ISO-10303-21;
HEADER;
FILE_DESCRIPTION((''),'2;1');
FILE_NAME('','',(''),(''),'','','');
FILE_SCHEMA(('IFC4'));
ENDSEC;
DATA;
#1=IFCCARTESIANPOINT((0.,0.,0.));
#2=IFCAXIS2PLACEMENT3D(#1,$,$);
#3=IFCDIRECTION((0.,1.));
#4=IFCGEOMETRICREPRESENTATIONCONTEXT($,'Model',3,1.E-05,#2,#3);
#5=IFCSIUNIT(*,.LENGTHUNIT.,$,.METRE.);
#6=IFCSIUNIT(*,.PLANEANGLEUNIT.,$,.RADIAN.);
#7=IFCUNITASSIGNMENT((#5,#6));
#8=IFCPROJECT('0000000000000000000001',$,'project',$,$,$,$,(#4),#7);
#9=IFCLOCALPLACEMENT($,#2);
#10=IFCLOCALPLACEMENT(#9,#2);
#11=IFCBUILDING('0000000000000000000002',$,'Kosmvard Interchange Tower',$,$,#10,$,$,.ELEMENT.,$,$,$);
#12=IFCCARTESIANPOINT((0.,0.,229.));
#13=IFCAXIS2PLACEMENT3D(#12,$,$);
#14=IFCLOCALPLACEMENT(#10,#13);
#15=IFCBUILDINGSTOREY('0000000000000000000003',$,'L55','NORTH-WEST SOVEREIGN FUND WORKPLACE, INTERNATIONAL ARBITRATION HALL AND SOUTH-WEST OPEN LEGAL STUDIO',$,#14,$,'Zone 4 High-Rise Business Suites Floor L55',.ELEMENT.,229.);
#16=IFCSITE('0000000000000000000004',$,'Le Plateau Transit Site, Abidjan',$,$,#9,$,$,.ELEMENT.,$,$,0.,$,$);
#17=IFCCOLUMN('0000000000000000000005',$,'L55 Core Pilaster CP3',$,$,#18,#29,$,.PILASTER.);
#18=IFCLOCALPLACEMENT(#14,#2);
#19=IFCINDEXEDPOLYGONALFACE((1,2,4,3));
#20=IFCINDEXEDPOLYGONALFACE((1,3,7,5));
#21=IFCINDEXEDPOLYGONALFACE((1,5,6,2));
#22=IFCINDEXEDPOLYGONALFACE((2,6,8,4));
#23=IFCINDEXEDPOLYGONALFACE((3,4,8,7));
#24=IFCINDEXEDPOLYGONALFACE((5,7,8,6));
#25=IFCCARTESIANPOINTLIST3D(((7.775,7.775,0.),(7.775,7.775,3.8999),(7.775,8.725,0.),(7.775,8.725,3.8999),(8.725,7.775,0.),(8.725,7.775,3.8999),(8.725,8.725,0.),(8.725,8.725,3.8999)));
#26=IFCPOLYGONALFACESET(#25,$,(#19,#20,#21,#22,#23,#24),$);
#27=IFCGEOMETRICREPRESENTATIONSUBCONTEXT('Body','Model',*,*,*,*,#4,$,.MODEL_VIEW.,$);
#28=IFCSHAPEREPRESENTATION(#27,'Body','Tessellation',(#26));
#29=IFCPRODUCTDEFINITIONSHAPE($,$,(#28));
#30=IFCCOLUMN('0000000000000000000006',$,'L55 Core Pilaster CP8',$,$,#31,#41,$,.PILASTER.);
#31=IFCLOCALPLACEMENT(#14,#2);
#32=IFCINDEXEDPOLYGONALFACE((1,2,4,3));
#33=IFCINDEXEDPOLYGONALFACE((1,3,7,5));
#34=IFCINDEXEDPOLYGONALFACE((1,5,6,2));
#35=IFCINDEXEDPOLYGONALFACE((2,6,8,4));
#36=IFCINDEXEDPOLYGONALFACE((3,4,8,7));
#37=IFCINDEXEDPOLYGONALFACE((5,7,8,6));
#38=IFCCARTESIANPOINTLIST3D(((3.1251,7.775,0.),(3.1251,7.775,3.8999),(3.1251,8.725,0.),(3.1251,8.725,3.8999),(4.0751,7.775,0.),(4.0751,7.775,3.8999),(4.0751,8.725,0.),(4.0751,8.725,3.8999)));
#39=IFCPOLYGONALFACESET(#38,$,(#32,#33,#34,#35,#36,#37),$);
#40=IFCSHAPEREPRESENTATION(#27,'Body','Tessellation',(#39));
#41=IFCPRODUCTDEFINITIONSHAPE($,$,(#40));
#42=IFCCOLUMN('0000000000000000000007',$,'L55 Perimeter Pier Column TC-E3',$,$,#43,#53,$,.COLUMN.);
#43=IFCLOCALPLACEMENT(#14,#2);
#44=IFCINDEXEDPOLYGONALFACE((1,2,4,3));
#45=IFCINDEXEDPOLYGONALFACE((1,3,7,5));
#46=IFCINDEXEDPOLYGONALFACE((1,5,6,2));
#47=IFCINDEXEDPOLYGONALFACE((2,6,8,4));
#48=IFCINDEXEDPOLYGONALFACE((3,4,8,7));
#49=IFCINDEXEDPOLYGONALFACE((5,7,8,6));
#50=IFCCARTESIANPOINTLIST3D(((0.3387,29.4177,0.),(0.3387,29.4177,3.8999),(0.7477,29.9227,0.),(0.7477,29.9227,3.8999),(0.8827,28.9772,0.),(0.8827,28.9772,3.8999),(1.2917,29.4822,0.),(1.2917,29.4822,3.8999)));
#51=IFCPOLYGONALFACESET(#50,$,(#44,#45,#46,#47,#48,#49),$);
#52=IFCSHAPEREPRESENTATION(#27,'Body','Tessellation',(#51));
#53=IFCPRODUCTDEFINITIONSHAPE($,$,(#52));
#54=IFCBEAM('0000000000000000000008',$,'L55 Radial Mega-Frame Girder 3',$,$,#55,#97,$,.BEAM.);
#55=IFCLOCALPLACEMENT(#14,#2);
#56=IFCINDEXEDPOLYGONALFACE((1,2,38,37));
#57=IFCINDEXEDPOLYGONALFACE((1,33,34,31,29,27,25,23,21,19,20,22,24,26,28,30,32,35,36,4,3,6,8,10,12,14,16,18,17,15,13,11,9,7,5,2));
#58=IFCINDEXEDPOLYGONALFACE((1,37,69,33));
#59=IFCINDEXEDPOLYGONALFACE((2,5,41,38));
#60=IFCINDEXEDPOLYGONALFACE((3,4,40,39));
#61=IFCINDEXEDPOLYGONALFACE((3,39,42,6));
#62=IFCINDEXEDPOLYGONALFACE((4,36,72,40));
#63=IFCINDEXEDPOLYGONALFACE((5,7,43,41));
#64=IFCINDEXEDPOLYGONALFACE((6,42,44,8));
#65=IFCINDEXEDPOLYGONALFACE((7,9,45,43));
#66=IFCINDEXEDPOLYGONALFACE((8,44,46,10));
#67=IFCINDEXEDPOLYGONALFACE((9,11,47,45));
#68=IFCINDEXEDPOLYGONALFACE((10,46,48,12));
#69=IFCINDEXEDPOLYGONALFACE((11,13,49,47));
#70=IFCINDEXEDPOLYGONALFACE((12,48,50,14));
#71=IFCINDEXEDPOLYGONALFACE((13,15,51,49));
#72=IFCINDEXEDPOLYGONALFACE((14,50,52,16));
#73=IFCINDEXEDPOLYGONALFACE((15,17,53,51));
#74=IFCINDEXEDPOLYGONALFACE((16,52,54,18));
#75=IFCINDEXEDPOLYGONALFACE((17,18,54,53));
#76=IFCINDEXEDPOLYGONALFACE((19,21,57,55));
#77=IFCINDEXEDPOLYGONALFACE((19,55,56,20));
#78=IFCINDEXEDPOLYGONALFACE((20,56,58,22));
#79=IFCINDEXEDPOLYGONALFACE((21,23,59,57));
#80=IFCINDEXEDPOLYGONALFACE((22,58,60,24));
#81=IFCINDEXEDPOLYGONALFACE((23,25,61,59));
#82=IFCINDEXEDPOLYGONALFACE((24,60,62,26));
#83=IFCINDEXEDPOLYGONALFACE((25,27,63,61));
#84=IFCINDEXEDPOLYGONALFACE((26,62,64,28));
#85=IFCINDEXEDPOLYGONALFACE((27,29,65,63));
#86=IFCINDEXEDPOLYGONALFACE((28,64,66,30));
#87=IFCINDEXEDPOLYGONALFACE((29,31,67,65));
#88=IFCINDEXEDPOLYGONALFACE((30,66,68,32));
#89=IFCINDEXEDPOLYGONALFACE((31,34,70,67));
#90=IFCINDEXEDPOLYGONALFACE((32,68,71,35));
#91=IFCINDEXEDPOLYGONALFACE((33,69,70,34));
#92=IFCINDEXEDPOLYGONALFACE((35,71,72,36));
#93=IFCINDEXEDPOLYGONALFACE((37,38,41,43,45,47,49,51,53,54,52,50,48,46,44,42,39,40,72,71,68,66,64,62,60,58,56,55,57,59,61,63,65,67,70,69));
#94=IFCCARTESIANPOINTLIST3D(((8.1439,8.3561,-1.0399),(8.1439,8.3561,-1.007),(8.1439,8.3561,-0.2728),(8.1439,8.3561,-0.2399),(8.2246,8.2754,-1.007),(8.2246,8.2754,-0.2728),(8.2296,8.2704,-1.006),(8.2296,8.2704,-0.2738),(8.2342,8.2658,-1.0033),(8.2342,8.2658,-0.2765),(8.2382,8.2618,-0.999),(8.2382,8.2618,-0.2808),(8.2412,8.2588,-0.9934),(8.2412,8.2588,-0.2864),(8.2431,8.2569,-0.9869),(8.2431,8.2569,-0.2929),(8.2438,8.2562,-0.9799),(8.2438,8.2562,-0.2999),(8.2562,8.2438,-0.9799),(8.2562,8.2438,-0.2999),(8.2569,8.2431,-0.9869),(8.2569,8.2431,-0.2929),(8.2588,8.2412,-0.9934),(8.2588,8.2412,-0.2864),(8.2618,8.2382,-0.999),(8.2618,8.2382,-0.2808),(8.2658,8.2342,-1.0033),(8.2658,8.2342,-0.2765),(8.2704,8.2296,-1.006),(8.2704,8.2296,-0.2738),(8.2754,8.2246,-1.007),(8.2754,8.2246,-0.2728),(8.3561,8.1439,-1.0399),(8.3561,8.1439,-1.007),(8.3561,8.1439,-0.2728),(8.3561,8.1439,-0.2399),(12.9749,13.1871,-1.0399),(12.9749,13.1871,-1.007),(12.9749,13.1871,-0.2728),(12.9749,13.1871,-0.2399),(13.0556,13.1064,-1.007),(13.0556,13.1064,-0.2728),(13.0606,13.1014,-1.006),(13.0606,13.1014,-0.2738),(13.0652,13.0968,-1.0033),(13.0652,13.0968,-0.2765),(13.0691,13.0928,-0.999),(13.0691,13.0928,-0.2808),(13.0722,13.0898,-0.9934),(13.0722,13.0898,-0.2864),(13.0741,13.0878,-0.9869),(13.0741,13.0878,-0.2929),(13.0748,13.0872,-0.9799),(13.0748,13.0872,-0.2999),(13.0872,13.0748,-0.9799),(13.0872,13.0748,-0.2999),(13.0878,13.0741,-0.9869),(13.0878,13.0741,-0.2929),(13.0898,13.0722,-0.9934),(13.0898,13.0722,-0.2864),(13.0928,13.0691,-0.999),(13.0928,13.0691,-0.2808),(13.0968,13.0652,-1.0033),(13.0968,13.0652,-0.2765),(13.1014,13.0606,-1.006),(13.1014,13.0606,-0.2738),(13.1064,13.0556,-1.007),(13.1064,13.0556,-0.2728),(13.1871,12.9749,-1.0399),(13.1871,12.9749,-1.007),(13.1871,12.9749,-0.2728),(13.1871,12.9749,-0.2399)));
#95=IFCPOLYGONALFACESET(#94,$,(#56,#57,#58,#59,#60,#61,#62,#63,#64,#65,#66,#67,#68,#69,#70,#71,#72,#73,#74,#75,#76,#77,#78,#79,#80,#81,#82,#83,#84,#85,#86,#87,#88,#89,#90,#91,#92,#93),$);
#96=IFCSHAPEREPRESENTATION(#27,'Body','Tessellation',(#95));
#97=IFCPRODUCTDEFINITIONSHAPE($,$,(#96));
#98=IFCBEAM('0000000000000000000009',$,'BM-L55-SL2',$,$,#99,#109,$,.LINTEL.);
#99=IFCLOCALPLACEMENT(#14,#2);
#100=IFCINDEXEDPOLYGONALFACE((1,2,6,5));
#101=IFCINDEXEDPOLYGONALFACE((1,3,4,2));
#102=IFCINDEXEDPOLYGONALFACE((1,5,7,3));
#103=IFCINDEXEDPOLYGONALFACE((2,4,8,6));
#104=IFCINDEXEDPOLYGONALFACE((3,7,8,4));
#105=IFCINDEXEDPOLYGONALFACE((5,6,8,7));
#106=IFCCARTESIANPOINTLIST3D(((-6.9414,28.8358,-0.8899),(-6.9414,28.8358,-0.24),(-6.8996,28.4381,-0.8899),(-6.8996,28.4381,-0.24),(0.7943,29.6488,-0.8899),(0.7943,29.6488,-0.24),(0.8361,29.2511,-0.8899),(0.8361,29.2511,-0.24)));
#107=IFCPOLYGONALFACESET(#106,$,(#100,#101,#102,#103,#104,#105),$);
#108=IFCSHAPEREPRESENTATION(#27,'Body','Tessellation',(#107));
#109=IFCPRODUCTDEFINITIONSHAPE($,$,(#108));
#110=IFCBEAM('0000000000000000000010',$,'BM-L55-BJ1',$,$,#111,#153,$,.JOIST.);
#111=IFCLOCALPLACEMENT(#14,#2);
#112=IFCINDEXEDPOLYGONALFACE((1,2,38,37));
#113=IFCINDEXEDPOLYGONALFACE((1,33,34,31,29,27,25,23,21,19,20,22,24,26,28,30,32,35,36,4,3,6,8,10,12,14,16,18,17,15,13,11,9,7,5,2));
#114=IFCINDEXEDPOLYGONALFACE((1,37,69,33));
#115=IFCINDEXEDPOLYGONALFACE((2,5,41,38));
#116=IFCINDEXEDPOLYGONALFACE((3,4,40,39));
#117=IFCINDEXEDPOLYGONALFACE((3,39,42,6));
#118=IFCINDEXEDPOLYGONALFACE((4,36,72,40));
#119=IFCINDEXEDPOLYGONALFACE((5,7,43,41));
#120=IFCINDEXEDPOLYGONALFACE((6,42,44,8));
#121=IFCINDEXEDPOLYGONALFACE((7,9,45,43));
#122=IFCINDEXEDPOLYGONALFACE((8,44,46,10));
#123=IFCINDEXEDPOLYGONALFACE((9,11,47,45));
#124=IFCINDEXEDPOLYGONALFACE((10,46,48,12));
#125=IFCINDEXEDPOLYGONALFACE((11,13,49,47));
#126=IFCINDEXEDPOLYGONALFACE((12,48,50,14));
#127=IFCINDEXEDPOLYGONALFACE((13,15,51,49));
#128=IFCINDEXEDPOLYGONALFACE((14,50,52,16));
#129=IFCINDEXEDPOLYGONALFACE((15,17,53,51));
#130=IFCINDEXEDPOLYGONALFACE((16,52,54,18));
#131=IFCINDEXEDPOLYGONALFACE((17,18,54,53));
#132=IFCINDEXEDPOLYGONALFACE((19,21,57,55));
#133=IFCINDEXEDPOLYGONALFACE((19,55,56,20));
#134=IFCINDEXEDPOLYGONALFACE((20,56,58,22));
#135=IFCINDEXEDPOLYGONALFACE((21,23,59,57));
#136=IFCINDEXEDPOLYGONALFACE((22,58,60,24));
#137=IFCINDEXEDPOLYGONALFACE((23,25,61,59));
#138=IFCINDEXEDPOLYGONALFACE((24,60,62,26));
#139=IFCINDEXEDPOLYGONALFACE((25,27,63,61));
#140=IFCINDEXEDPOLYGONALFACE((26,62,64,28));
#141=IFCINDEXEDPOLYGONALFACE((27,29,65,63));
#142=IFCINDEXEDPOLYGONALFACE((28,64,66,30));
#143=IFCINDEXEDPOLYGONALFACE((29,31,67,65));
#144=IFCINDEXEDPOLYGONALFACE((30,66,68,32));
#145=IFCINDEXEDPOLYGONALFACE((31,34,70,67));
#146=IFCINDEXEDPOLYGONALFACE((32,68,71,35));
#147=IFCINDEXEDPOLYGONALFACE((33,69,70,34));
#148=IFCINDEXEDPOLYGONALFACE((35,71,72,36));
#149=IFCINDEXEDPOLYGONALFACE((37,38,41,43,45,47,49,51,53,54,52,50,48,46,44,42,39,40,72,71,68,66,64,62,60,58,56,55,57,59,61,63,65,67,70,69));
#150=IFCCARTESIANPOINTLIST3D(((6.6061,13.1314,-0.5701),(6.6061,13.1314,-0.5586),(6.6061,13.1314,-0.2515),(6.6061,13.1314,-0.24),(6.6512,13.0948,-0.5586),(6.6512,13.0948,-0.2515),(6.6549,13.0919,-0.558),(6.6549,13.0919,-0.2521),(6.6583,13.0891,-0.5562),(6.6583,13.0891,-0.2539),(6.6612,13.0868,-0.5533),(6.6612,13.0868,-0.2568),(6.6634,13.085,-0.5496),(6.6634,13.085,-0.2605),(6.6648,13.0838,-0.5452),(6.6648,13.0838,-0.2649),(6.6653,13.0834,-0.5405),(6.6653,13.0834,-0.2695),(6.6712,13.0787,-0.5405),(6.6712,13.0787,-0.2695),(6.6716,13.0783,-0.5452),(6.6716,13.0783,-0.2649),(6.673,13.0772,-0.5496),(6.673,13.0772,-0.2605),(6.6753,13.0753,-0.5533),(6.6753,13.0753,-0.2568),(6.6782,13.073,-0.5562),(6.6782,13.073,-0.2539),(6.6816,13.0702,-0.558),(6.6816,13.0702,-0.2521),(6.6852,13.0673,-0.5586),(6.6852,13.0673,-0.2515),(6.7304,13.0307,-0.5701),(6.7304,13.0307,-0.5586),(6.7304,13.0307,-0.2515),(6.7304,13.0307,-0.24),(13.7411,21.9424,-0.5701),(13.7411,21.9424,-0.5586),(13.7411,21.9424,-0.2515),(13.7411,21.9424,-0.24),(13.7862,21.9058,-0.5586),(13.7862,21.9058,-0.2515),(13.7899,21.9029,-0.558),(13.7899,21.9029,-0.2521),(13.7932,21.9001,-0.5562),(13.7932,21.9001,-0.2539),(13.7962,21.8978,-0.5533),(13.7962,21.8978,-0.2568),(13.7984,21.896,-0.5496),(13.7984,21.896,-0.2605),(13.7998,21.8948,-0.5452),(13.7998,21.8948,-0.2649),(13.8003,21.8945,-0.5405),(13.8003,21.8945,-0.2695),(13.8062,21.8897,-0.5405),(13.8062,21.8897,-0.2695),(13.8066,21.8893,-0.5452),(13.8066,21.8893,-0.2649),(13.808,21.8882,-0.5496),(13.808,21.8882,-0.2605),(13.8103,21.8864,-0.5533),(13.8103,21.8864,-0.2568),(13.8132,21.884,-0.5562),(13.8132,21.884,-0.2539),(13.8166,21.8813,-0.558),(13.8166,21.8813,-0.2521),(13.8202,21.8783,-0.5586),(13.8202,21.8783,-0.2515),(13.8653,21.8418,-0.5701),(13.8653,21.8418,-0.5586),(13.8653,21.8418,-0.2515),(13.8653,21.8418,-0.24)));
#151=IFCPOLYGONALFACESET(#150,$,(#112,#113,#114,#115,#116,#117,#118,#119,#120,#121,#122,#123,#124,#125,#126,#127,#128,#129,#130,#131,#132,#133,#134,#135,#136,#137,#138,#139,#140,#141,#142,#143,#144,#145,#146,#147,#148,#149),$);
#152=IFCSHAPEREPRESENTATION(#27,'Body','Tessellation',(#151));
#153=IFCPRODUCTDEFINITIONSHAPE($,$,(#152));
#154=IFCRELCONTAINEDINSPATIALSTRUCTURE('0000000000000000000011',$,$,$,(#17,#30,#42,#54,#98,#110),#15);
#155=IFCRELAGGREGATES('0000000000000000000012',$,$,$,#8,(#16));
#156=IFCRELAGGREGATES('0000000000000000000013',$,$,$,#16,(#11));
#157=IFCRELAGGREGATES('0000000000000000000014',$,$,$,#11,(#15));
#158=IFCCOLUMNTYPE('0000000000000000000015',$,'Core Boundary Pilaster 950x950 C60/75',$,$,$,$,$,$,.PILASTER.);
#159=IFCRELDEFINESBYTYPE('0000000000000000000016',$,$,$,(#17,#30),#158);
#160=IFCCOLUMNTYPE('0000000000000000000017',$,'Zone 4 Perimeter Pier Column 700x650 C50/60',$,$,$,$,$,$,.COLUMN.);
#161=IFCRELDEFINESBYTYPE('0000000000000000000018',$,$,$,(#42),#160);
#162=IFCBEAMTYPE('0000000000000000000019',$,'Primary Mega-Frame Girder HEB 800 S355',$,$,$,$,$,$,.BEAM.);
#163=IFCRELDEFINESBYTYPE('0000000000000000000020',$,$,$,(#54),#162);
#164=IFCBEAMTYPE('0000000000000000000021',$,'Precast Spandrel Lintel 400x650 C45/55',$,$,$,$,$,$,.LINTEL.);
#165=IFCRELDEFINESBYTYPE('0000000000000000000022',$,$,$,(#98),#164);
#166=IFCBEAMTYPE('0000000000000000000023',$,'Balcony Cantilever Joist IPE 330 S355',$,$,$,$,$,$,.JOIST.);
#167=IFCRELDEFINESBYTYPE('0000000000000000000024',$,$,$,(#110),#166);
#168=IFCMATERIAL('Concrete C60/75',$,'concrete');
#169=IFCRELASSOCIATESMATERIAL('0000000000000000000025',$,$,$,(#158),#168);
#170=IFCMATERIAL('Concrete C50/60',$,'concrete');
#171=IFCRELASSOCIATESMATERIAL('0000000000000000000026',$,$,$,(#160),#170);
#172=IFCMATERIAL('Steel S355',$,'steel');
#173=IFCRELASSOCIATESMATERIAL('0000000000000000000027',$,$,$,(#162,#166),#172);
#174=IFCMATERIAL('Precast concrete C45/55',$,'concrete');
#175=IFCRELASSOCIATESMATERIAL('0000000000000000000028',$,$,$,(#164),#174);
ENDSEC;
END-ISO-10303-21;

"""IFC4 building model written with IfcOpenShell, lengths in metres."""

from ifc_helpers import new_model, si_unit, direction, frame, origin, origin_2d, place, context, subcontext, project, spatial, rectangle, i_section, extrude, source, transform, mapped, material, material_profile, profile_set, type_object, element, save


model = new_model("IFC4")

# Units and contexts
model_context = context("Model", 3, precision=1e-05, world=origin(), true_north=direction((0.0, 1.0)))
body_context = subcontext(model_context, "Body", "Model", "MODEL_VIEW")
ifc_project = project(units=[si_unit("LENGTHUNIT", "METRE"), si_unit("PLANEANGLEUNIT", "RADIAN")], contexts=[model_context])

# Site, building, storey
site_placement = place(None, origin())
site = spatial("IfcSite", under=ifc_project, at=site_placement, Name="Le Plateau Transit Site, Abidjan", CompositionType="ELEMENT", RefElevation=0.0)
building_placement = place(site_placement, origin())
building = spatial("IfcBuilding", under=site, at=building_placement, Name="Kosmvard Interchange Tower", CompositionType="ELEMENT")
storey_placement = place(building_placement, frame((0.0, 0.0, 229.0)))
storey = spatial("IfcBuildingStorey", under=building, at=storey_placement, Name="L55", Description="NORTH-WEST SOVEREIGN FUND WORKPLACE, INTERNATIONAL ARBITRATION HALL AND SOUTH-WEST OPEN LEGAL STUDIO", LongName="Zone 4 High-Rise Business Suites Floor L55", CompositionType="ELEMENT", Elevation=229.0)

# Columns
ifc_material_1 = material(Name="Concrete C60/75", Category="concrete")
ifc_material_profile_1 = material_profile(ifc_material_1, rectangle(XDim=0.95, YDim=0.95, at=origin_2d()), Name="CP 950x950")
ifc_profile_set_1 = profile_set([ifc_material_profile_1], Name="Concrete C60/75")
column_type_1 = type_object("IfcColumnType", Name="Core Boundary Pilaster 950x950 C60/75", PredefinedType="PILASTER", material=ifc_profile_set_1)
shared_shape_1 = source(origin(), body_context, "Body", "SweptSolid", [
    extrude(rectangle(XDim=0.95, YDim=0.95, at=origin_2d()), origin(), (0.0, 0.0, 1.0), 3.8999),
])
for number, where, z_axis, x_axis, name in (
    (1, (8.25, 8.25, 0.0), (0.0, 0.0, 1.0), (1.0, 0.0, 0.0), "L55 Core Pilaster CP3"),
    (2, (3.6001, 8.25, 0.0), (0.0, 0.0, 1.0), (1.0, 0.0, 0.0), "L55 Core Pilaster CP8"),
):
    element("IfcColumn", number, at=place(storey_placement, frame(where, z_axis=z_axis, x_axis=x_axis)), inside=storey, type_object=column_type_1, Name=name, PredefinedType="PILASTER", context=body_context, shape_type="MappedRepresentation", body=[
        mapped(shared_shape_1, transform((0.0, 0.0, 0.0), scale=1.0)),
    ])
ifc_material_2 = material(Name="Concrete C50/60", Category="concrete")
ifc_material_profile_2 = material_profile(ifc_material_2, rectangle(XDim=0.6499, YDim=0.7, at=origin_2d()), Name="TC 700x650")
ifc_profile_set_2 = profile_set([ifc_material_profile_2], Name="Concrete C50/60")
column_type_2 = type_object("IfcColumnType", Name="Zone 4 Perimeter Pier Column 700x650 C50/60", PredefinedType="COLUMN", material=ifc_profile_set_2)
shared_shape_2 = source(origin(), body_context, "Body", "SweptSolid", [
    extrude(rectangle(XDim=0.6499, YDim=0.7, at=origin_2d()), origin(), (0.0, 0.0, 1.0), 3.8999),
])
column_placement = place(storey_placement, frame((0.8152, 29.45, 0.0), z_axis=(0.0, 0.0, 1.0), x_axis=(0.62932, 0.777146, 0.0)))
element("IfcColumn", 3, at=column_placement, inside=storey, type_object=column_type_2, Name="L55 Perimeter Pier Column TC-E3", PredefinedType="COLUMN", context=body_context, shape_type="MappedRepresentation", body=[
    mapped(shared_shape_2, transform((0.0, 0.0, 0.0), scale=1.0)),
])

# Beams
ifc_material_3 = material(Name="Steel S355", Category="steel")
ifc_material_profile_3 = material_profile(ifc_material_3, i_section(OverallWidth=0.3, OverallDepth=0.8, WebThickness=0.0176, FlangeThickness=0.033, FilletRadius=0.0271, at=origin_2d()), Name="HEB 800")
ifc_profile_set_3 = profile_set([ifc_material_profile_3], Name="Steel S355")
beam_type_1 = type_object("IfcBeamType", Name="Primary Mega-Frame Girder HEB 800 S355", PredefinedType="BEAM", material=ifc_profile_set_3)
shared_shape_3 = source(origin(), body_context, "Body", "SweptSolid", [
    extrude(i_section(OverallWidth=0.3, OverallDepth=0.8, WebThickness=0.0176, FlangeThickness=0.033, FilletRadius=0.0271, at=origin_2d()), origin(), (0.0, 0.0, 1.0), 6.832),
])
beam_1_placement = place(storey_placement, frame((8.25, 8.25, -0.6399), z_axis=(0.707107, 0.707107, 0.0), x_axis=(-0.707107, 0.707107, 0.0)))
element("IfcBeam", 4, at=beam_1_placement, inside=storey, type_object=beam_type_1, Name="L55 Radial Mega-Frame Girder 3", PredefinedType="BEAM", context=body_context, shape_type="MappedRepresentation", body=[
    mapped(shared_shape_3, transform((0.0, 0.0, 0.0), scale=1.0)),
])
ifc_material_4 = material(Name="Precast concrete C45/55", Category="concrete")
ifc_material_profile_4 = material_profile(ifc_material_4, rectangle(XDim=0.3999, YDim=0.6499, at=origin_2d()), Name="SL 400x650")
ifc_profile_set_4 = profile_set([ifc_material_profile_4], Name="Precast concrete C45/55")
beam_type_2 = type_object("IfcBeamType", Name="Precast Spandrel Lintel 400x650 C45/55", PredefinedType="LINTEL", material=ifc_profile_set_4)
shared_shape_4 = source(origin(), body_context, "Body", "SweptSolid", [
    extrude(rectangle(XDim=0.3999, YDim=0.6499, at=origin_2d()), origin(), (0.0, 0.0, 1.0), 7.7783),
])
beam_2_placement = place(storey_placement, frame((0.8152, 29.45, -0.5649), z_axis=(-0.994523, -0.104521, 0.0), x_axis=(0.104521, -0.994523, 0.0)))
element("IfcBeam", 5, at=beam_2_placement, inside=storey, type_object=beam_type_2, Name="BM-L55-SL2", PredefinedType="LINTEL", context=body_context, shape_type="MappedRepresentation", body=[
    mapped(shared_shape_4, transform((0.0, 0.0, 0.0), scale=1.0)),
])
ifc_material_profile_5 = material_profile(ifc_material_3, i_section(OverallWidth=0.1599, OverallDepth=0.3301, WebThickness=0.0076, FlangeThickness=0.0115, FilletRadius=0.0181, at=origin_2d()), Name="IPE 330")
ifc_profile_set_5 = profile_set([ifc_material_profile_5], Name="Steel S355")
beam_type_3 = type_object("IfcBeamType", Name="Balcony Cantilever Joist IPE 330 S355", PredefinedType="JOIST", material=ifc_profile_set_5)
shared_shape_5 = source(origin(), body_context, "Body", "SweptSolid", [
    extrude(i_section(OverallWidth=0.1599, OverallDepth=0.3301, WebThickness=0.0076, FlangeThickness=0.0115, FilletRadius=0.0181, at=origin_2d()), origin(), (0.0, 0.0, 1.0), 11.3376),
])
beam_3_placement = place(storey_placement, frame((6.6682, 13.0811, -0.405), z_axis=(0.629319, 0.777147, 0.0), x_axis=(-0.777147, 0.629319, 0.0)))
element("IfcBeam", 6, at=beam_3_placement, inside=storey, type_object=beam_type_3, Name="BM-L55-BJ1", PredefinedType="JOIST", context=body_context, shape_type="MappedRepresentation", body=[
    mapped(shared_shape_5, transform((0.0, 0.0, 0.0), scale=1.0)),
])

save(model, "model.ifc")
